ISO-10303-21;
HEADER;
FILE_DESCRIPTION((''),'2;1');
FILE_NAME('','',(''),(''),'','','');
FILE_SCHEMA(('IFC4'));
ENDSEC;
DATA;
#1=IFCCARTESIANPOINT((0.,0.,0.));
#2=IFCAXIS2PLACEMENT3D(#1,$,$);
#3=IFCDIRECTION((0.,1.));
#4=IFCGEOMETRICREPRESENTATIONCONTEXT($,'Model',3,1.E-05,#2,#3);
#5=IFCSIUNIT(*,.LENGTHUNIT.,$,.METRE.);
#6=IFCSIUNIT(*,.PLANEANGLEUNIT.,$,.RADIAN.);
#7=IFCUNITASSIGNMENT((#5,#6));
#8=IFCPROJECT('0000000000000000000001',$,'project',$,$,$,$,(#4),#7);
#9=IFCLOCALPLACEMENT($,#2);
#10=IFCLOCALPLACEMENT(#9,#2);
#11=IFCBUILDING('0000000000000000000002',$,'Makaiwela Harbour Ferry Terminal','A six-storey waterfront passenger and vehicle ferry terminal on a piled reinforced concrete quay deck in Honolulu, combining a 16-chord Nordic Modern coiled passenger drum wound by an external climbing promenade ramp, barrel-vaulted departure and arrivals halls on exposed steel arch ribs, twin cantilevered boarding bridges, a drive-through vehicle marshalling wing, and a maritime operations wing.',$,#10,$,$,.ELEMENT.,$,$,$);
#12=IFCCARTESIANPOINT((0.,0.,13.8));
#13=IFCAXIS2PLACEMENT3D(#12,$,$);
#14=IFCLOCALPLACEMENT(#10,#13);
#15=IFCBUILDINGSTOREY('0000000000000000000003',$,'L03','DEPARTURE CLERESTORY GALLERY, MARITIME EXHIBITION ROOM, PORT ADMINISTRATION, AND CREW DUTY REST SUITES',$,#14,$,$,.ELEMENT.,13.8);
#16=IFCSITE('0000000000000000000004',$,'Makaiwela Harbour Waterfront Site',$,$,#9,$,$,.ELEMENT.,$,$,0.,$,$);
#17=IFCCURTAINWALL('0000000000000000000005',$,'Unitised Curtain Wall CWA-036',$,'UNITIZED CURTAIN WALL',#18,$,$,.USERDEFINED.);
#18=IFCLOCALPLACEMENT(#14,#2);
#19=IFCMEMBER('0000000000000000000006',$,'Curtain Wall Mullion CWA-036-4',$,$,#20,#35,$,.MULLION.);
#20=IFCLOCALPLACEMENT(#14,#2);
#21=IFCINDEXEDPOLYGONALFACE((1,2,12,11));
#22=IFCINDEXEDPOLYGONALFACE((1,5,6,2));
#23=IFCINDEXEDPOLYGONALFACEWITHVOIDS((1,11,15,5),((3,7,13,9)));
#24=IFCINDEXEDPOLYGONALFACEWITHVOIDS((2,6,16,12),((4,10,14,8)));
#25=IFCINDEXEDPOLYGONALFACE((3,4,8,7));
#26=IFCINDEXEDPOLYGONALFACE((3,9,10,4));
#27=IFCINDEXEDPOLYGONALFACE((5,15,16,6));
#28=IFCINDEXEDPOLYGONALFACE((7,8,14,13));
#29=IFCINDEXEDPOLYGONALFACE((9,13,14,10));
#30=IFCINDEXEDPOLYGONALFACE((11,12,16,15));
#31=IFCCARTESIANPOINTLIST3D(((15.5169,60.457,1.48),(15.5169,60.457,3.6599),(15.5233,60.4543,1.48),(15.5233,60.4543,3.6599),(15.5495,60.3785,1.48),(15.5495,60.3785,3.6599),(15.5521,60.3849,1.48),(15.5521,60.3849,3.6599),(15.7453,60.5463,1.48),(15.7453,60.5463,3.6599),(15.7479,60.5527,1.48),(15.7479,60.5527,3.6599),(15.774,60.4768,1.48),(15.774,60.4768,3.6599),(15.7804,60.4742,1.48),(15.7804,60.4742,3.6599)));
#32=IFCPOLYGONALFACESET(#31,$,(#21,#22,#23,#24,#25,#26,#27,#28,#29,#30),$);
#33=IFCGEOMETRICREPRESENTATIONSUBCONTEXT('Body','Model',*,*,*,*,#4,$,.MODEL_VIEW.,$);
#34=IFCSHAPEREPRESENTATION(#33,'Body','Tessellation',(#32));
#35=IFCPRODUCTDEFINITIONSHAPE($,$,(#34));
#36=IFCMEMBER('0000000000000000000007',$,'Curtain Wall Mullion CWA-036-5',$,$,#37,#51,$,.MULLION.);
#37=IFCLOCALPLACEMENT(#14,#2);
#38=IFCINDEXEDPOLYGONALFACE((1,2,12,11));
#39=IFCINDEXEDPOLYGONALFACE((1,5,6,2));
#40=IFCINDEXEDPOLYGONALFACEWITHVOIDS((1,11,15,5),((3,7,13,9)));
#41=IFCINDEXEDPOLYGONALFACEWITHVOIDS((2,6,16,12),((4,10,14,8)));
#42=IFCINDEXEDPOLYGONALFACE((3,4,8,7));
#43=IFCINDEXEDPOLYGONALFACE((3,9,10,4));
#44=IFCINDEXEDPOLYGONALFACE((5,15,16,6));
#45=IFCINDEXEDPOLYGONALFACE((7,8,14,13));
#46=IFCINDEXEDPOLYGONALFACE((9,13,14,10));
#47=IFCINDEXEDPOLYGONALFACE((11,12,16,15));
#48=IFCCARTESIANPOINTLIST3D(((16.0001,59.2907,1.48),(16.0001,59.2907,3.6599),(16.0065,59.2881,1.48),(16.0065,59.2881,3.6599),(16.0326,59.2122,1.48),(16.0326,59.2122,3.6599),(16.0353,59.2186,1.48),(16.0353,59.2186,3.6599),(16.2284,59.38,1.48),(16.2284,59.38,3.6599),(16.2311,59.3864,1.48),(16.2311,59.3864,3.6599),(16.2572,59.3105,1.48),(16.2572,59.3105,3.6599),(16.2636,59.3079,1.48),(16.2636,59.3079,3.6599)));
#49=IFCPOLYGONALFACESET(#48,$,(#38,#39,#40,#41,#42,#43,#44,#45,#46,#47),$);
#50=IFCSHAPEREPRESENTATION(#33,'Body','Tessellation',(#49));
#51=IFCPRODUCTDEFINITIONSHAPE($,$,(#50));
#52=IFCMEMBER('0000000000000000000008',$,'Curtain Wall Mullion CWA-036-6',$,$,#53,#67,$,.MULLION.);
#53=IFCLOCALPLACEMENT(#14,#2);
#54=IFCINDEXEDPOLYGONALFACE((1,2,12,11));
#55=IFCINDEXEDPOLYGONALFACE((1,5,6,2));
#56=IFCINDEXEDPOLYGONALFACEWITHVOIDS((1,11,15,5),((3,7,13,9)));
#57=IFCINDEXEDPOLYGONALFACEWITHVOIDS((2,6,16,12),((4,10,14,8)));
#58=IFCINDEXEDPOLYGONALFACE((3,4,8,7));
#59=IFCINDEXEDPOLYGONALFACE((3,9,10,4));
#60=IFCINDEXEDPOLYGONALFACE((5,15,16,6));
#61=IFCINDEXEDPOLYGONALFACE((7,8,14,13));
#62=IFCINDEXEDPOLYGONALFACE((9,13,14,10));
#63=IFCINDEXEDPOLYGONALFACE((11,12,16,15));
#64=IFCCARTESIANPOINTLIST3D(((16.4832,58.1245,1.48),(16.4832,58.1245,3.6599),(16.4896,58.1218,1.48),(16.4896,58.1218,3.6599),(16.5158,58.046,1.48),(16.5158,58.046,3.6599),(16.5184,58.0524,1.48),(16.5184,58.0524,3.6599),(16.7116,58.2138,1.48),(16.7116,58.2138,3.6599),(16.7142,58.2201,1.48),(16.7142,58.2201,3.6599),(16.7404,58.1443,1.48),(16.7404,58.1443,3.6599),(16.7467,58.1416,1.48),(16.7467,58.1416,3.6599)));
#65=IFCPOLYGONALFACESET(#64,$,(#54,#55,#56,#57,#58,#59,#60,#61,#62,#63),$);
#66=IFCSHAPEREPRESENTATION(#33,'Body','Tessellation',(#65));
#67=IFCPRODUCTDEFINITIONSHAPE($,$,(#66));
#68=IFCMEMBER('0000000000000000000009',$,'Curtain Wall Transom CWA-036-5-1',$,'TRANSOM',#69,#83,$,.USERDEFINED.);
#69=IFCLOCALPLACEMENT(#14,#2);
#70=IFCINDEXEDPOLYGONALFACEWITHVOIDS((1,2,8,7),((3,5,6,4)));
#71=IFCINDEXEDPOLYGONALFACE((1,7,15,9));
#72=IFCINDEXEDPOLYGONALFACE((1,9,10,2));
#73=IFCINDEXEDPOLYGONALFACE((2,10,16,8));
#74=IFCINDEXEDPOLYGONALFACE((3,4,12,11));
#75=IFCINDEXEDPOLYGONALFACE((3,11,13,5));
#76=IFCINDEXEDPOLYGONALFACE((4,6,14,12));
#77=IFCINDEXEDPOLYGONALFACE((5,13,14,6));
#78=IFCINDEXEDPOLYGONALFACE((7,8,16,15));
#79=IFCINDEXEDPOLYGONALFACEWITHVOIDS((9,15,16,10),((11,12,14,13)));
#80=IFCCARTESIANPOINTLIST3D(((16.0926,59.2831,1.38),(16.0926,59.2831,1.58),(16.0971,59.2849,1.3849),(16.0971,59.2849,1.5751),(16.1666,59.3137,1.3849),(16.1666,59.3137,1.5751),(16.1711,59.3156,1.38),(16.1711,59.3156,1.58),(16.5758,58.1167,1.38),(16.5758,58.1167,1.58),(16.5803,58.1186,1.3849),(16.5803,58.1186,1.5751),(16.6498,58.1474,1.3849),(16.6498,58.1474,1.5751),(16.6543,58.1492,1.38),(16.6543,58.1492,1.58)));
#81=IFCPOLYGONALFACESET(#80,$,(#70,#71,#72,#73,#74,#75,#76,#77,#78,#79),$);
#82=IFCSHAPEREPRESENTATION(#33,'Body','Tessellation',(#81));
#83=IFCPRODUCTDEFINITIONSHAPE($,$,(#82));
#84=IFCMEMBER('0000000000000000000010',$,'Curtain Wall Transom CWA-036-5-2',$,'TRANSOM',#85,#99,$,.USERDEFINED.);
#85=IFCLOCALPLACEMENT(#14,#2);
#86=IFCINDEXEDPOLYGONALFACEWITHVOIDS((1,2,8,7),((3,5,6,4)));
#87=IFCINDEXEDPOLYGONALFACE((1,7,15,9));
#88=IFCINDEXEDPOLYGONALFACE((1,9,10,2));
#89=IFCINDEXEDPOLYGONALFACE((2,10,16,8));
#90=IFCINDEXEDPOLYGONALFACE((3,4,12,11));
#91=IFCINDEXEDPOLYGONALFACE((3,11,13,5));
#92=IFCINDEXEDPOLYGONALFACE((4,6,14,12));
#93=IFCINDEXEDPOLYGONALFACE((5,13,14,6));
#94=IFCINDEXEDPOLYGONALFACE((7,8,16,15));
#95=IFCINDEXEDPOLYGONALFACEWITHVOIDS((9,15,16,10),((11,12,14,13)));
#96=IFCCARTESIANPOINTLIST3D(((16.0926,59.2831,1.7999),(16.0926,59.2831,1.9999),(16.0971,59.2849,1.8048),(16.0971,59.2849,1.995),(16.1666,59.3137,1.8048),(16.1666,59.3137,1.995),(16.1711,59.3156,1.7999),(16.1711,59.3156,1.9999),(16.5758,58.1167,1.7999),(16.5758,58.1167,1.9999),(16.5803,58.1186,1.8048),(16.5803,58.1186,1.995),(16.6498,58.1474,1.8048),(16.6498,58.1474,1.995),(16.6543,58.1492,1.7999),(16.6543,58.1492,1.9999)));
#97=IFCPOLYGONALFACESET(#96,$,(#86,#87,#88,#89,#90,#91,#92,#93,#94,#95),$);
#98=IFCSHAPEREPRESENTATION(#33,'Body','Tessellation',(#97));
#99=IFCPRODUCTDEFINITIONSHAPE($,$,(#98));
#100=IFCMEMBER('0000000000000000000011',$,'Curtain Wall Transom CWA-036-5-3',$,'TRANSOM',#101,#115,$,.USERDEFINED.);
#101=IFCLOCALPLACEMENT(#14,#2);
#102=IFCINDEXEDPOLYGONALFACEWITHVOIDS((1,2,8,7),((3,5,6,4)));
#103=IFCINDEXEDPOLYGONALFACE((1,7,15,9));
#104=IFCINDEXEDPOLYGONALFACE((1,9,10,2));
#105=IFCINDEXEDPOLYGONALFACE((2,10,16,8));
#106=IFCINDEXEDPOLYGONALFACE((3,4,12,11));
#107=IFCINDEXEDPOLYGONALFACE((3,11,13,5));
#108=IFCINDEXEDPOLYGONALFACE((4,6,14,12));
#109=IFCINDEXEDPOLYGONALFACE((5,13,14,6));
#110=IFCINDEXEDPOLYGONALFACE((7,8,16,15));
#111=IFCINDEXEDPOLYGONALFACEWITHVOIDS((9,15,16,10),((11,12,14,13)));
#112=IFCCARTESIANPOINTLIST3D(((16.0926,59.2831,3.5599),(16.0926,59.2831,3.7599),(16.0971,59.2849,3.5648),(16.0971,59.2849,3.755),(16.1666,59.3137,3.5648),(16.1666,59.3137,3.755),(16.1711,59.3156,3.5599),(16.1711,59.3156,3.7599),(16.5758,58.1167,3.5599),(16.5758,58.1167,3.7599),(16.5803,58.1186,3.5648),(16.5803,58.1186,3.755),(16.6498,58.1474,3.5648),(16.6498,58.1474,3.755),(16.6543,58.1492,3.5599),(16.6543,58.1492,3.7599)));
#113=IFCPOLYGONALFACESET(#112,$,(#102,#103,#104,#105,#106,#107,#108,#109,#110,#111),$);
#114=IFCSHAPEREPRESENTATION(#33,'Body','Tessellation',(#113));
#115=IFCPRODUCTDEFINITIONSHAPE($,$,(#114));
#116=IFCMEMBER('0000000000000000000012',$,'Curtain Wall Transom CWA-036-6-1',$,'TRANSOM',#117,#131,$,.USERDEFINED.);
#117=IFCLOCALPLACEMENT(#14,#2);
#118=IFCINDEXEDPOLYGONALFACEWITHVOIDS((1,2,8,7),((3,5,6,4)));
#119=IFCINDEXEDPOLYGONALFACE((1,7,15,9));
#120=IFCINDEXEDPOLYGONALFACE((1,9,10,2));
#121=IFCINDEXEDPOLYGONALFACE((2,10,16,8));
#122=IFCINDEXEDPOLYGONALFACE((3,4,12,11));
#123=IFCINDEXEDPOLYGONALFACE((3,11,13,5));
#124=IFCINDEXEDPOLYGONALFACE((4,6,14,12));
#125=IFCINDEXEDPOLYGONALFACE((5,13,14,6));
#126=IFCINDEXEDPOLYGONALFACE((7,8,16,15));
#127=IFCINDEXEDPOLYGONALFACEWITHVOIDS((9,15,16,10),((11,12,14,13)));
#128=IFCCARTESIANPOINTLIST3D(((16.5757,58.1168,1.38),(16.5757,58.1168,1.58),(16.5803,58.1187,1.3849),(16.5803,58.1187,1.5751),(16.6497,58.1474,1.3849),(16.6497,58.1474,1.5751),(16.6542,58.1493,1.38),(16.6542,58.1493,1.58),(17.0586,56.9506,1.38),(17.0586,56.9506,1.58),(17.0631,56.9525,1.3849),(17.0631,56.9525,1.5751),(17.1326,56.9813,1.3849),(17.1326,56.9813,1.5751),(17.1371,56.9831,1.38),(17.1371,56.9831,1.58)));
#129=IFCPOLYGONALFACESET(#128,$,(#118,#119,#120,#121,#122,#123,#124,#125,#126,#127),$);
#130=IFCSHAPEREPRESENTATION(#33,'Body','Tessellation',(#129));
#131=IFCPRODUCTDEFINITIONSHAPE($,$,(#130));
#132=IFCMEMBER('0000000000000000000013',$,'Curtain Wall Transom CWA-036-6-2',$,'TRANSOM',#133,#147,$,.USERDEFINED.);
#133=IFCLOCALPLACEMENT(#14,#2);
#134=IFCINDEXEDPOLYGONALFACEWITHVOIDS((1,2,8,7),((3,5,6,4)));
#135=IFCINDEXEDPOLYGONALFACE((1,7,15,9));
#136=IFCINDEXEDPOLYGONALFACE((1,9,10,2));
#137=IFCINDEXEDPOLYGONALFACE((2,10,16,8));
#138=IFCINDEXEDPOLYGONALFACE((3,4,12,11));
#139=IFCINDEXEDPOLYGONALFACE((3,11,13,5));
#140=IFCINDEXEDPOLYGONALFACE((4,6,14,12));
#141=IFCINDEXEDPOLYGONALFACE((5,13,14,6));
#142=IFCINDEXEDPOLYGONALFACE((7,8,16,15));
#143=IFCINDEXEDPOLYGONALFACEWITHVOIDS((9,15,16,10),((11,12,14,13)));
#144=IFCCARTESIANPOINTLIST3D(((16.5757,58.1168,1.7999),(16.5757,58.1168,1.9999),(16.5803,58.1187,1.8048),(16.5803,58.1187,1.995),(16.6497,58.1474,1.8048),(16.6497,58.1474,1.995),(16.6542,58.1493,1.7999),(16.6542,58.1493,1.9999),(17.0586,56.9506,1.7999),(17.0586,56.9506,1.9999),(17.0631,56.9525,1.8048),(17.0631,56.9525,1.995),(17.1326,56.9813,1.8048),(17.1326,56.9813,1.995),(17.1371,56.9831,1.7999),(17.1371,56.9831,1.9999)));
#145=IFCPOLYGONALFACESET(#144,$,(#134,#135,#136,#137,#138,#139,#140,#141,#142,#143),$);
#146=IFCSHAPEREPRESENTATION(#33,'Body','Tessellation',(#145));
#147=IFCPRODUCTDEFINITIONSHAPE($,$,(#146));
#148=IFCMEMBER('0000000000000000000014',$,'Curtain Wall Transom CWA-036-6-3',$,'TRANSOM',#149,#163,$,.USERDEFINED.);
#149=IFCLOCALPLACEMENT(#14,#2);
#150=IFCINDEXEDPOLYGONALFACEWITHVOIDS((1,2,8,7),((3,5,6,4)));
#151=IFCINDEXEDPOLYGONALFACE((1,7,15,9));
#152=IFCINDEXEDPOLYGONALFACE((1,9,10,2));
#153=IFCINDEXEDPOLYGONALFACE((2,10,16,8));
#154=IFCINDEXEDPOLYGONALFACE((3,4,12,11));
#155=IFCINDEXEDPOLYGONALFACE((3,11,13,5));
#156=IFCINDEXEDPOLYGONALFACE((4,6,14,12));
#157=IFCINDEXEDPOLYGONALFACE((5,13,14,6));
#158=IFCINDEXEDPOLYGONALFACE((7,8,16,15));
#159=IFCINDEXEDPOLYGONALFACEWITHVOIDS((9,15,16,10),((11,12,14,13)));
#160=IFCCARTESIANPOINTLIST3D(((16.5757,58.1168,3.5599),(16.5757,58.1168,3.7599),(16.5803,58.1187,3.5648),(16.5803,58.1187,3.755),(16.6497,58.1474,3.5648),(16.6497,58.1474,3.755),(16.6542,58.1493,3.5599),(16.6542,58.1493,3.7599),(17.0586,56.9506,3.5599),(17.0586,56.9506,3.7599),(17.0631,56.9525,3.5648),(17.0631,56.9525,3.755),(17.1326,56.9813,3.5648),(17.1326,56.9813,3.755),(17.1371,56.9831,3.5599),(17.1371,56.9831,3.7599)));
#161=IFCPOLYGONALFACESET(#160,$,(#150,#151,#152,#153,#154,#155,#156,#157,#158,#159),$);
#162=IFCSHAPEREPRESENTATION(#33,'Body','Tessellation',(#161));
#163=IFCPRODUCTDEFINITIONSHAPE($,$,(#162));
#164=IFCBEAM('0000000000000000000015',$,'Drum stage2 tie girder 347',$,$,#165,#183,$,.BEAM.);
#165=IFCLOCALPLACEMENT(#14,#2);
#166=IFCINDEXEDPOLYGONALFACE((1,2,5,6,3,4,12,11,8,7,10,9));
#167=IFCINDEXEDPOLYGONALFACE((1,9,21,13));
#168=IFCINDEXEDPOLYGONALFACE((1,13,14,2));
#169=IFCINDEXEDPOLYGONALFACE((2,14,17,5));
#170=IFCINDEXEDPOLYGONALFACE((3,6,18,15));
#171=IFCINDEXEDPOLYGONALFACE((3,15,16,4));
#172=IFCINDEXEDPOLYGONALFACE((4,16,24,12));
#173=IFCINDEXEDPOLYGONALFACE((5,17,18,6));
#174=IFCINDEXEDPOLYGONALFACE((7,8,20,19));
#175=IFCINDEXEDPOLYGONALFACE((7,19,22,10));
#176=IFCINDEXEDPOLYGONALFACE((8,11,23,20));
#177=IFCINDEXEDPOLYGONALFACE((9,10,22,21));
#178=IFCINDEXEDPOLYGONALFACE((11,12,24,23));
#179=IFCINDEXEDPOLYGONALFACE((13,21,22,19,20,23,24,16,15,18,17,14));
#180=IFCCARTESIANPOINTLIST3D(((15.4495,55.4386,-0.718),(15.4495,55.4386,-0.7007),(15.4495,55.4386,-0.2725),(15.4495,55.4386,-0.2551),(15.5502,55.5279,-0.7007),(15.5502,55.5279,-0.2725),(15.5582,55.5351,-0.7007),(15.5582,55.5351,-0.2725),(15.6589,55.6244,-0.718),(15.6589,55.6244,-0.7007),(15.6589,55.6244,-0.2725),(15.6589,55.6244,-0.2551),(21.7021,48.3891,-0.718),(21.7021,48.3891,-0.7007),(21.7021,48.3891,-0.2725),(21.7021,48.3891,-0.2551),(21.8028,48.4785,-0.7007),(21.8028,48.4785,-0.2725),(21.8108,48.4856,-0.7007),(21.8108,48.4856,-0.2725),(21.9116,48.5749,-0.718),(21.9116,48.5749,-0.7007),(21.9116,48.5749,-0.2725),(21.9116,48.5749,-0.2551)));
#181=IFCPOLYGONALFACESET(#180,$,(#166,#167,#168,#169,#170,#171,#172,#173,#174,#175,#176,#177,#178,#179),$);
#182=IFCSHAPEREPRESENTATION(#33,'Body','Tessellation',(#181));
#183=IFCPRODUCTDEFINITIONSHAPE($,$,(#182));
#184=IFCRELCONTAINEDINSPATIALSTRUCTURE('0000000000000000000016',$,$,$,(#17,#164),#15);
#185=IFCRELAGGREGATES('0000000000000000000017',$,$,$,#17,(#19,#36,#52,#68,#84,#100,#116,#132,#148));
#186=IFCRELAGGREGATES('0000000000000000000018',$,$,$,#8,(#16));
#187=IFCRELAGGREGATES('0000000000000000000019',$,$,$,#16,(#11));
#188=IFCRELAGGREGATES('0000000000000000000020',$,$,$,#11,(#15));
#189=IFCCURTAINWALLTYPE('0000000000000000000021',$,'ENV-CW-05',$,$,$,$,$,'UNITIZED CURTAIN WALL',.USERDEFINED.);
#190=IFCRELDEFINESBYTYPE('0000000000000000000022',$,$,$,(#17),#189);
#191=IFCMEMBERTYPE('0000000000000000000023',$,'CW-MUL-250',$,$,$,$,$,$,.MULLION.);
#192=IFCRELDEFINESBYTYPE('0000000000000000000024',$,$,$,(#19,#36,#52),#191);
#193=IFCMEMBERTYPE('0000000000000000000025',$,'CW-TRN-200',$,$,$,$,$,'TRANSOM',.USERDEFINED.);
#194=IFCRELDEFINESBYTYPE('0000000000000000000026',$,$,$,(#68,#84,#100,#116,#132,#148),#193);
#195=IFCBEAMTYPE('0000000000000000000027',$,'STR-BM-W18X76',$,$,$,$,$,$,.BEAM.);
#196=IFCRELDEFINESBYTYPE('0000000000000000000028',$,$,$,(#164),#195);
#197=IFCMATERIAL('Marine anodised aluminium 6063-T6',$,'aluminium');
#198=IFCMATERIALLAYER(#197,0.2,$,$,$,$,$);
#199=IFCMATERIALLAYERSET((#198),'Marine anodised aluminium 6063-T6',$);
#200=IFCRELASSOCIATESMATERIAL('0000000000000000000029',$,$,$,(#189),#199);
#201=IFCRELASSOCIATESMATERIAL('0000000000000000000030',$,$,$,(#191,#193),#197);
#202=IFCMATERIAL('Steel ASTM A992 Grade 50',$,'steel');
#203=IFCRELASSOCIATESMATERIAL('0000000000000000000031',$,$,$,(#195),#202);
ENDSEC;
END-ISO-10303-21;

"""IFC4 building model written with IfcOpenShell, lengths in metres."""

from ifc_helpers import new_model, si_unit, direction, frame, origin, origin_2d, place, context, subcontext, project, spatial, hollow_rectangle, i_section, extrude, material, layer, layer_set, material_profile, profile_set, type_object, element, aggregate, save


model = new_model("IFC4")

# Units and contexts
model_context = context("Model", 3, precision=1e-05, world=origin(), true_north=direction((0.0, 1.0)))
body_context = subcontext(model_context, "Body", "Model", "MODEL_VIEW")
ifc_project = project(units=[si_unit("LENGTHUNIT", "METRE"), si_unit("PLANEANGLEUNIT", "RADIAN")], contexts=[model_context])

# Site, building, storey
site_placement = place(None, origin())
site = spatial("IfcSite", under=ifc_project, at=site_placement, Name="Makaiwela Harbour Waterfront Site", CompositionType="ELEMENT", RefElevation=0.0)
building_placement = place(site_placement, origin())
building = spatial("IfcBuilding", under=site, at=building_placement, Name="Makaiwela Harbour Ferry Terminal", Description="A six-storey waterfront passenger and vehicle ferry terminal on a piled reinforced concrete quay deck in Honolulu, combining a 16-chord Nordic Modern coiled passenger drum wound by an external climbing promenade ramp, barrel-vaulted departure and arrivals halls on exposed steel arch ribs, twin cantilevered boarding bridges, a drive-through vehicle marshalling wing, and a maritime operations wing.", CompositionType="ELEMENT")
storey_placement = place(building_placement, frame((0.0, 0.0, 13.8)))
storey = spatial("IfcBuildingStorey", under=building, at=storey_placement, Name="L03", Description="DEPARTURE CLERESTORY GALLERY, MARITIME EXHIBITION ROOM, PORT ADMINISTRATION, AND CREW DUTY REST SUITES", CompositionType="ELEMENT", Elevation=13.8)

# Curtain wall, members
ifc_material_1 = material(Name="Marine anodised aluminium 6063-T6", Category="aluminium")
ifc_layer_1 = layer(ifc_material_1, 0.2)
ifc_layer_set_1 = layer_set([ifc_layer_1], Name="Marine anodised aluminium 6063-T6")
curtain_wall_type = type_object("IfcCurtainWallType", Name="ENV-CW-05", ElementType="UNITIZED CURTAIN WALL", PredefinedType="USERDEFINED", material=ifc_layer_set_1)
curtain_wall_placement = place(storey_placement, origin())
curtain_wall = element("IfcCurtainWall", 1, at=curtain_wall_placement, inside=storey, type_object=curtain_wall_type, Name="Unitised Curtain Wall CWA-036", ObjectType="UNITIZED CURTAIN WALL", PredefinedType="USERDEFINED")
ifc_material_profile_1 = material_profile(ifc_material_1, hollow_rectangle(XDim=0.085, YDim=0.25, WallThickness=0.0049, at=origin_2d()), Name="CWM-250X85")
ifc_profile_set_1 = profile_set([ifc_material_profile_1], Name="Marine anodised aluminium 6063-T6")
member_type_1 = type_object("IfcMemberType", Name="CW-MUL-250", PredefinedType="MULLION", material=ifc_profile_set_1)
member_1_placement = place(storey_placement, frame((15.6487, 60.4656, 1.48), z_axis=(0.0, 0.0, 1.0), x_axis=(-0.382683, 0.92388, 0.0)))
member_1 = element("IfcMember", 2, at=member_1_placement, type_object=member_type_1, Name="Curtain Wall Mullion CWA-036-4", PredefinedType="MULLION", context=body_context, shape_type="SweptSolid", body=[
    extrude(hollow_rectangle(XDim=0.085, YDim=0.25, WallThickness=0.0049, at=origin_2d()), origin(), (0.0, 0.0, 1.0), 2.1799),
])
member_2_placement = place(storey_placement, frame((16.1318, 59.2993, 1.48), z_axis=(0.0, 0.0, 1.0), x_axis=(-0.382683, 0.92388, 0.0)))
member_2 = element("IfcMember", 3, at=member_2_placement, type_object=member_type_1, Name="Curtain Wall Mullion CWA-036-5", PredefinedType="MULLION", context=body_context, shape_type="SweptSolid", body=[
    extrude(hollow_rectangle(XDim=0.085, YDim=0.25, WallThickness=0.0049, at=origin_2d()), origin(), (0.0, 0.0, 1.0), 2.1799),
])
member_3_placement = place(storey_placement, frame((16.615, 58.1331, 1.48), z_axis=(0.0, 0.0, 1.0), x_axis=(-0.382683, 0.92388, 0.0)))
member_3 = element("IfcMember", 4, at=member_3_placement, type_object=member_type_1, Name="Curtain Wall Mullion CWA-036-6", PredefinedType="MULLION", context=body_context, shape_type="SweptSolid", body=[
    extrude(hollow_rectangle(XDim=0.085, YDim=0.25, WallThickness=0.0049, at=origin_2d()), origin(), (0.0, 0.0, 1.0), 2.1799),
])
ifc_material_profile_2 = material_profile(ifc_material_1, hollow_rectangle(XDim=0.085, YDim=0.2, WallThickness=0.0049, at=origin_2d()), Name="CWT-200X85")
ifc_profile_set_2 = profile_set([ifc_material_profile_2], Name="Marine anodised aluminium 6063-T6")
member_type_2 = type_object("IfcMemberType", Name="CW-TRN-200", ElementType="TRANSOM", PredefinedType="USERDEFINED", material=ifc_profile_set_2)
member_4_placement = place(storey_placement, frame((16.1318, 59.2993, 1.48), z_axis=(0.382733, -0.923859, 0.0), x_axis=(0.923859, 0.382733, 0.0)))
member_4 = element("IfcMember", 5, at=member_4_placement, type_object=member_type_2, Name="Curtain Wall Transom CWA-036-5-1", ObjectType="TRANSOM", PredefinedType="USERDEFINED", context=body_context, shape_type="SweptSolid", body=[
    extrude(hollow_rectangle(XDim=0.085, YDim=0.2, WallThickness=0.0049, at=origin_2d()), origin(), (0.0, 0.0, 1.0), 1.2625),
])
member_5_placement = place(storey_placement, frame((16.1318, 59.2993, 1.8999), z_axis=(0.382733, -0.923859, 0.0), x_axis=(0.923859, 0.382733, 0.0)))
member_5 = element("IfcMember", 6, at=member_5_placement, type_object=member_type_2, Name="Curtain Wall Transom CWA-036-5-2", ObjectType="TRANSOM", PredefinedType="USERDEFINED", context=body_context, shape_type="SweptSolid", body=[
    extrude(hollow_rectangle(XDim=0.085, YDim=0.2, WallThickness=0.0049, at=origin_2d()), origin(), (0.0, 0.0, 1.0), 1.2625),
])
member_6_placement = place(storey_placement, frame((16.1318, 59.2993, 3.6599), z_axis=(0.382733, -0.923859, 0.0), x_axis=(0.923859, 0.382733, 0.0)))
member_6 = element("IfcMember", 7, at=member_6_placement, type_object=member_type_2, Name="Curtain Wall Transom CWA-036-5-3", ObjectType="TRANSOM", PredefinedType="USERDEFINED", context=body_context, shape_type="SweptSolid", body=[
    extrude(hollow_rectangle(XDim=0.085, YDim=0.2, WallThickness=0.0049, at=origin_2d()), origin(), (0.0, 0.0, 1.0), 1.2625),
])
member_7_placement = place(storey_placement, frame((16.615, 58.1331, 1.48), z_axis=(0.382568, -0.923927, 0.0), x_axis=(0.923927, 0.382568, 0.0)))
member_7 = element("IfcMember", 8, at=member_7_placement, type_object=member_type_2, Name="Curtain Wall Transom CWA-036-6-1", ObjectType="TRANSOM", PredefinedType="USERDEFINED", context=body_context, shape_type="SweptSolid", body=[
    extrude(hollow_rectangle(XDim=0.085, YDim=0.2, WallThickness=0.0049, at=origin_2d()), origin(), (0.0, 0.0, 1.0), 1.2622),
])
member_8_placement = place(storey_placement, frame((16.615, 58.1331, 1.8999), z_axis=(0.382568, -0.923927, 0.0), x_axis=(0.923927, 0.382568, 0.0)))
member_8 = element("IfcMember", 9, at=member_8_placement, type_object=member_type_2, Name="Curtain Wall Transom CWA-036-6-2", ObjectType="TRANSOM", PredefinedType="USERDEFINED", context=body_context, shape_type="SweptSolid", body=[
    extrude(hollow_rectangle(XDim=0.085, YDim=0.2, WallThickness=0.0049, at=origin_2d()), origin(), (0.0, 0.0, 1.0), 1.2622),
])
member_9_placement = place(storey_placement, frame((16.615, 58.1331, 3.6599), z_axis=(0.382568, -0.923927, 0.0), x_axis=(0.923927, 0.382568, 0.0)))
member_9 = element("IfcMember", 10, at=member_9_placement, type_object=member_type_2, Name="Curtain Wall Transom CWA-036-6-3", ObjectType="TRANSOM", PredefinedType="USERDEFINED", context=body_context, shape_type="SweptSolid", body=[
    extrude(hollow_rectangle(XDim=0.085, YDim=0.2, WallThickness=0.0049, at=origin_2d()), origin(), (0.0, 0.0, 1.0), 1.2622),
])

# Beam
ifc_material_2 = material(Name="Steel ASTM A992 Grade 50", Category="steel")
ifc_material_profile_3 = material_profile(ifc_material_2, i_section(OverallWidth=0.28, OverallDepth=0.4629, WebThickness=0.0107, FlangeThickness=0.0173, at=origin_2d()), Name="W18X76")
ifc_profile_set_3 = profile_set([ifc_material_profile_3], Name="Steel ASTM A992 Grade 50")
beam_type_1 = type_object("IfcBeamType", Name="STR-BM-W18X76", PredefinedType="BEAM", material=ifc_profile_set_3)
beam_1_placement = place(storey_placement, frame((15.5542, 55.5315, -0.4866), z_axis=(0.663558, -0.748125, 0.0), x_axis=(0.748125, 0.663558, 0.0)))
element("IfcBeam", 11, at=beam_1_placement, inside=storey, type_object=beam_type_1, Name="Drum stage2 tie girder 347", PredefinedType="BEAM", context=body_context, shape_type="SweptSolid", body=[
    extrude(i_section(OverallWidth=0.28, OverallDepth=0.4629, WebThickness=0.0107, FlangeThickness=0.0173, at=origin_2d()), origin(), (0.0, 0.0, 1.0), 9.4229),
])

aggregate(curtain_wall, [member_1, member_2, member_3, member_4, member_5, member_6, member_7, member_8, member_9])

save(model, "model.ifc")
